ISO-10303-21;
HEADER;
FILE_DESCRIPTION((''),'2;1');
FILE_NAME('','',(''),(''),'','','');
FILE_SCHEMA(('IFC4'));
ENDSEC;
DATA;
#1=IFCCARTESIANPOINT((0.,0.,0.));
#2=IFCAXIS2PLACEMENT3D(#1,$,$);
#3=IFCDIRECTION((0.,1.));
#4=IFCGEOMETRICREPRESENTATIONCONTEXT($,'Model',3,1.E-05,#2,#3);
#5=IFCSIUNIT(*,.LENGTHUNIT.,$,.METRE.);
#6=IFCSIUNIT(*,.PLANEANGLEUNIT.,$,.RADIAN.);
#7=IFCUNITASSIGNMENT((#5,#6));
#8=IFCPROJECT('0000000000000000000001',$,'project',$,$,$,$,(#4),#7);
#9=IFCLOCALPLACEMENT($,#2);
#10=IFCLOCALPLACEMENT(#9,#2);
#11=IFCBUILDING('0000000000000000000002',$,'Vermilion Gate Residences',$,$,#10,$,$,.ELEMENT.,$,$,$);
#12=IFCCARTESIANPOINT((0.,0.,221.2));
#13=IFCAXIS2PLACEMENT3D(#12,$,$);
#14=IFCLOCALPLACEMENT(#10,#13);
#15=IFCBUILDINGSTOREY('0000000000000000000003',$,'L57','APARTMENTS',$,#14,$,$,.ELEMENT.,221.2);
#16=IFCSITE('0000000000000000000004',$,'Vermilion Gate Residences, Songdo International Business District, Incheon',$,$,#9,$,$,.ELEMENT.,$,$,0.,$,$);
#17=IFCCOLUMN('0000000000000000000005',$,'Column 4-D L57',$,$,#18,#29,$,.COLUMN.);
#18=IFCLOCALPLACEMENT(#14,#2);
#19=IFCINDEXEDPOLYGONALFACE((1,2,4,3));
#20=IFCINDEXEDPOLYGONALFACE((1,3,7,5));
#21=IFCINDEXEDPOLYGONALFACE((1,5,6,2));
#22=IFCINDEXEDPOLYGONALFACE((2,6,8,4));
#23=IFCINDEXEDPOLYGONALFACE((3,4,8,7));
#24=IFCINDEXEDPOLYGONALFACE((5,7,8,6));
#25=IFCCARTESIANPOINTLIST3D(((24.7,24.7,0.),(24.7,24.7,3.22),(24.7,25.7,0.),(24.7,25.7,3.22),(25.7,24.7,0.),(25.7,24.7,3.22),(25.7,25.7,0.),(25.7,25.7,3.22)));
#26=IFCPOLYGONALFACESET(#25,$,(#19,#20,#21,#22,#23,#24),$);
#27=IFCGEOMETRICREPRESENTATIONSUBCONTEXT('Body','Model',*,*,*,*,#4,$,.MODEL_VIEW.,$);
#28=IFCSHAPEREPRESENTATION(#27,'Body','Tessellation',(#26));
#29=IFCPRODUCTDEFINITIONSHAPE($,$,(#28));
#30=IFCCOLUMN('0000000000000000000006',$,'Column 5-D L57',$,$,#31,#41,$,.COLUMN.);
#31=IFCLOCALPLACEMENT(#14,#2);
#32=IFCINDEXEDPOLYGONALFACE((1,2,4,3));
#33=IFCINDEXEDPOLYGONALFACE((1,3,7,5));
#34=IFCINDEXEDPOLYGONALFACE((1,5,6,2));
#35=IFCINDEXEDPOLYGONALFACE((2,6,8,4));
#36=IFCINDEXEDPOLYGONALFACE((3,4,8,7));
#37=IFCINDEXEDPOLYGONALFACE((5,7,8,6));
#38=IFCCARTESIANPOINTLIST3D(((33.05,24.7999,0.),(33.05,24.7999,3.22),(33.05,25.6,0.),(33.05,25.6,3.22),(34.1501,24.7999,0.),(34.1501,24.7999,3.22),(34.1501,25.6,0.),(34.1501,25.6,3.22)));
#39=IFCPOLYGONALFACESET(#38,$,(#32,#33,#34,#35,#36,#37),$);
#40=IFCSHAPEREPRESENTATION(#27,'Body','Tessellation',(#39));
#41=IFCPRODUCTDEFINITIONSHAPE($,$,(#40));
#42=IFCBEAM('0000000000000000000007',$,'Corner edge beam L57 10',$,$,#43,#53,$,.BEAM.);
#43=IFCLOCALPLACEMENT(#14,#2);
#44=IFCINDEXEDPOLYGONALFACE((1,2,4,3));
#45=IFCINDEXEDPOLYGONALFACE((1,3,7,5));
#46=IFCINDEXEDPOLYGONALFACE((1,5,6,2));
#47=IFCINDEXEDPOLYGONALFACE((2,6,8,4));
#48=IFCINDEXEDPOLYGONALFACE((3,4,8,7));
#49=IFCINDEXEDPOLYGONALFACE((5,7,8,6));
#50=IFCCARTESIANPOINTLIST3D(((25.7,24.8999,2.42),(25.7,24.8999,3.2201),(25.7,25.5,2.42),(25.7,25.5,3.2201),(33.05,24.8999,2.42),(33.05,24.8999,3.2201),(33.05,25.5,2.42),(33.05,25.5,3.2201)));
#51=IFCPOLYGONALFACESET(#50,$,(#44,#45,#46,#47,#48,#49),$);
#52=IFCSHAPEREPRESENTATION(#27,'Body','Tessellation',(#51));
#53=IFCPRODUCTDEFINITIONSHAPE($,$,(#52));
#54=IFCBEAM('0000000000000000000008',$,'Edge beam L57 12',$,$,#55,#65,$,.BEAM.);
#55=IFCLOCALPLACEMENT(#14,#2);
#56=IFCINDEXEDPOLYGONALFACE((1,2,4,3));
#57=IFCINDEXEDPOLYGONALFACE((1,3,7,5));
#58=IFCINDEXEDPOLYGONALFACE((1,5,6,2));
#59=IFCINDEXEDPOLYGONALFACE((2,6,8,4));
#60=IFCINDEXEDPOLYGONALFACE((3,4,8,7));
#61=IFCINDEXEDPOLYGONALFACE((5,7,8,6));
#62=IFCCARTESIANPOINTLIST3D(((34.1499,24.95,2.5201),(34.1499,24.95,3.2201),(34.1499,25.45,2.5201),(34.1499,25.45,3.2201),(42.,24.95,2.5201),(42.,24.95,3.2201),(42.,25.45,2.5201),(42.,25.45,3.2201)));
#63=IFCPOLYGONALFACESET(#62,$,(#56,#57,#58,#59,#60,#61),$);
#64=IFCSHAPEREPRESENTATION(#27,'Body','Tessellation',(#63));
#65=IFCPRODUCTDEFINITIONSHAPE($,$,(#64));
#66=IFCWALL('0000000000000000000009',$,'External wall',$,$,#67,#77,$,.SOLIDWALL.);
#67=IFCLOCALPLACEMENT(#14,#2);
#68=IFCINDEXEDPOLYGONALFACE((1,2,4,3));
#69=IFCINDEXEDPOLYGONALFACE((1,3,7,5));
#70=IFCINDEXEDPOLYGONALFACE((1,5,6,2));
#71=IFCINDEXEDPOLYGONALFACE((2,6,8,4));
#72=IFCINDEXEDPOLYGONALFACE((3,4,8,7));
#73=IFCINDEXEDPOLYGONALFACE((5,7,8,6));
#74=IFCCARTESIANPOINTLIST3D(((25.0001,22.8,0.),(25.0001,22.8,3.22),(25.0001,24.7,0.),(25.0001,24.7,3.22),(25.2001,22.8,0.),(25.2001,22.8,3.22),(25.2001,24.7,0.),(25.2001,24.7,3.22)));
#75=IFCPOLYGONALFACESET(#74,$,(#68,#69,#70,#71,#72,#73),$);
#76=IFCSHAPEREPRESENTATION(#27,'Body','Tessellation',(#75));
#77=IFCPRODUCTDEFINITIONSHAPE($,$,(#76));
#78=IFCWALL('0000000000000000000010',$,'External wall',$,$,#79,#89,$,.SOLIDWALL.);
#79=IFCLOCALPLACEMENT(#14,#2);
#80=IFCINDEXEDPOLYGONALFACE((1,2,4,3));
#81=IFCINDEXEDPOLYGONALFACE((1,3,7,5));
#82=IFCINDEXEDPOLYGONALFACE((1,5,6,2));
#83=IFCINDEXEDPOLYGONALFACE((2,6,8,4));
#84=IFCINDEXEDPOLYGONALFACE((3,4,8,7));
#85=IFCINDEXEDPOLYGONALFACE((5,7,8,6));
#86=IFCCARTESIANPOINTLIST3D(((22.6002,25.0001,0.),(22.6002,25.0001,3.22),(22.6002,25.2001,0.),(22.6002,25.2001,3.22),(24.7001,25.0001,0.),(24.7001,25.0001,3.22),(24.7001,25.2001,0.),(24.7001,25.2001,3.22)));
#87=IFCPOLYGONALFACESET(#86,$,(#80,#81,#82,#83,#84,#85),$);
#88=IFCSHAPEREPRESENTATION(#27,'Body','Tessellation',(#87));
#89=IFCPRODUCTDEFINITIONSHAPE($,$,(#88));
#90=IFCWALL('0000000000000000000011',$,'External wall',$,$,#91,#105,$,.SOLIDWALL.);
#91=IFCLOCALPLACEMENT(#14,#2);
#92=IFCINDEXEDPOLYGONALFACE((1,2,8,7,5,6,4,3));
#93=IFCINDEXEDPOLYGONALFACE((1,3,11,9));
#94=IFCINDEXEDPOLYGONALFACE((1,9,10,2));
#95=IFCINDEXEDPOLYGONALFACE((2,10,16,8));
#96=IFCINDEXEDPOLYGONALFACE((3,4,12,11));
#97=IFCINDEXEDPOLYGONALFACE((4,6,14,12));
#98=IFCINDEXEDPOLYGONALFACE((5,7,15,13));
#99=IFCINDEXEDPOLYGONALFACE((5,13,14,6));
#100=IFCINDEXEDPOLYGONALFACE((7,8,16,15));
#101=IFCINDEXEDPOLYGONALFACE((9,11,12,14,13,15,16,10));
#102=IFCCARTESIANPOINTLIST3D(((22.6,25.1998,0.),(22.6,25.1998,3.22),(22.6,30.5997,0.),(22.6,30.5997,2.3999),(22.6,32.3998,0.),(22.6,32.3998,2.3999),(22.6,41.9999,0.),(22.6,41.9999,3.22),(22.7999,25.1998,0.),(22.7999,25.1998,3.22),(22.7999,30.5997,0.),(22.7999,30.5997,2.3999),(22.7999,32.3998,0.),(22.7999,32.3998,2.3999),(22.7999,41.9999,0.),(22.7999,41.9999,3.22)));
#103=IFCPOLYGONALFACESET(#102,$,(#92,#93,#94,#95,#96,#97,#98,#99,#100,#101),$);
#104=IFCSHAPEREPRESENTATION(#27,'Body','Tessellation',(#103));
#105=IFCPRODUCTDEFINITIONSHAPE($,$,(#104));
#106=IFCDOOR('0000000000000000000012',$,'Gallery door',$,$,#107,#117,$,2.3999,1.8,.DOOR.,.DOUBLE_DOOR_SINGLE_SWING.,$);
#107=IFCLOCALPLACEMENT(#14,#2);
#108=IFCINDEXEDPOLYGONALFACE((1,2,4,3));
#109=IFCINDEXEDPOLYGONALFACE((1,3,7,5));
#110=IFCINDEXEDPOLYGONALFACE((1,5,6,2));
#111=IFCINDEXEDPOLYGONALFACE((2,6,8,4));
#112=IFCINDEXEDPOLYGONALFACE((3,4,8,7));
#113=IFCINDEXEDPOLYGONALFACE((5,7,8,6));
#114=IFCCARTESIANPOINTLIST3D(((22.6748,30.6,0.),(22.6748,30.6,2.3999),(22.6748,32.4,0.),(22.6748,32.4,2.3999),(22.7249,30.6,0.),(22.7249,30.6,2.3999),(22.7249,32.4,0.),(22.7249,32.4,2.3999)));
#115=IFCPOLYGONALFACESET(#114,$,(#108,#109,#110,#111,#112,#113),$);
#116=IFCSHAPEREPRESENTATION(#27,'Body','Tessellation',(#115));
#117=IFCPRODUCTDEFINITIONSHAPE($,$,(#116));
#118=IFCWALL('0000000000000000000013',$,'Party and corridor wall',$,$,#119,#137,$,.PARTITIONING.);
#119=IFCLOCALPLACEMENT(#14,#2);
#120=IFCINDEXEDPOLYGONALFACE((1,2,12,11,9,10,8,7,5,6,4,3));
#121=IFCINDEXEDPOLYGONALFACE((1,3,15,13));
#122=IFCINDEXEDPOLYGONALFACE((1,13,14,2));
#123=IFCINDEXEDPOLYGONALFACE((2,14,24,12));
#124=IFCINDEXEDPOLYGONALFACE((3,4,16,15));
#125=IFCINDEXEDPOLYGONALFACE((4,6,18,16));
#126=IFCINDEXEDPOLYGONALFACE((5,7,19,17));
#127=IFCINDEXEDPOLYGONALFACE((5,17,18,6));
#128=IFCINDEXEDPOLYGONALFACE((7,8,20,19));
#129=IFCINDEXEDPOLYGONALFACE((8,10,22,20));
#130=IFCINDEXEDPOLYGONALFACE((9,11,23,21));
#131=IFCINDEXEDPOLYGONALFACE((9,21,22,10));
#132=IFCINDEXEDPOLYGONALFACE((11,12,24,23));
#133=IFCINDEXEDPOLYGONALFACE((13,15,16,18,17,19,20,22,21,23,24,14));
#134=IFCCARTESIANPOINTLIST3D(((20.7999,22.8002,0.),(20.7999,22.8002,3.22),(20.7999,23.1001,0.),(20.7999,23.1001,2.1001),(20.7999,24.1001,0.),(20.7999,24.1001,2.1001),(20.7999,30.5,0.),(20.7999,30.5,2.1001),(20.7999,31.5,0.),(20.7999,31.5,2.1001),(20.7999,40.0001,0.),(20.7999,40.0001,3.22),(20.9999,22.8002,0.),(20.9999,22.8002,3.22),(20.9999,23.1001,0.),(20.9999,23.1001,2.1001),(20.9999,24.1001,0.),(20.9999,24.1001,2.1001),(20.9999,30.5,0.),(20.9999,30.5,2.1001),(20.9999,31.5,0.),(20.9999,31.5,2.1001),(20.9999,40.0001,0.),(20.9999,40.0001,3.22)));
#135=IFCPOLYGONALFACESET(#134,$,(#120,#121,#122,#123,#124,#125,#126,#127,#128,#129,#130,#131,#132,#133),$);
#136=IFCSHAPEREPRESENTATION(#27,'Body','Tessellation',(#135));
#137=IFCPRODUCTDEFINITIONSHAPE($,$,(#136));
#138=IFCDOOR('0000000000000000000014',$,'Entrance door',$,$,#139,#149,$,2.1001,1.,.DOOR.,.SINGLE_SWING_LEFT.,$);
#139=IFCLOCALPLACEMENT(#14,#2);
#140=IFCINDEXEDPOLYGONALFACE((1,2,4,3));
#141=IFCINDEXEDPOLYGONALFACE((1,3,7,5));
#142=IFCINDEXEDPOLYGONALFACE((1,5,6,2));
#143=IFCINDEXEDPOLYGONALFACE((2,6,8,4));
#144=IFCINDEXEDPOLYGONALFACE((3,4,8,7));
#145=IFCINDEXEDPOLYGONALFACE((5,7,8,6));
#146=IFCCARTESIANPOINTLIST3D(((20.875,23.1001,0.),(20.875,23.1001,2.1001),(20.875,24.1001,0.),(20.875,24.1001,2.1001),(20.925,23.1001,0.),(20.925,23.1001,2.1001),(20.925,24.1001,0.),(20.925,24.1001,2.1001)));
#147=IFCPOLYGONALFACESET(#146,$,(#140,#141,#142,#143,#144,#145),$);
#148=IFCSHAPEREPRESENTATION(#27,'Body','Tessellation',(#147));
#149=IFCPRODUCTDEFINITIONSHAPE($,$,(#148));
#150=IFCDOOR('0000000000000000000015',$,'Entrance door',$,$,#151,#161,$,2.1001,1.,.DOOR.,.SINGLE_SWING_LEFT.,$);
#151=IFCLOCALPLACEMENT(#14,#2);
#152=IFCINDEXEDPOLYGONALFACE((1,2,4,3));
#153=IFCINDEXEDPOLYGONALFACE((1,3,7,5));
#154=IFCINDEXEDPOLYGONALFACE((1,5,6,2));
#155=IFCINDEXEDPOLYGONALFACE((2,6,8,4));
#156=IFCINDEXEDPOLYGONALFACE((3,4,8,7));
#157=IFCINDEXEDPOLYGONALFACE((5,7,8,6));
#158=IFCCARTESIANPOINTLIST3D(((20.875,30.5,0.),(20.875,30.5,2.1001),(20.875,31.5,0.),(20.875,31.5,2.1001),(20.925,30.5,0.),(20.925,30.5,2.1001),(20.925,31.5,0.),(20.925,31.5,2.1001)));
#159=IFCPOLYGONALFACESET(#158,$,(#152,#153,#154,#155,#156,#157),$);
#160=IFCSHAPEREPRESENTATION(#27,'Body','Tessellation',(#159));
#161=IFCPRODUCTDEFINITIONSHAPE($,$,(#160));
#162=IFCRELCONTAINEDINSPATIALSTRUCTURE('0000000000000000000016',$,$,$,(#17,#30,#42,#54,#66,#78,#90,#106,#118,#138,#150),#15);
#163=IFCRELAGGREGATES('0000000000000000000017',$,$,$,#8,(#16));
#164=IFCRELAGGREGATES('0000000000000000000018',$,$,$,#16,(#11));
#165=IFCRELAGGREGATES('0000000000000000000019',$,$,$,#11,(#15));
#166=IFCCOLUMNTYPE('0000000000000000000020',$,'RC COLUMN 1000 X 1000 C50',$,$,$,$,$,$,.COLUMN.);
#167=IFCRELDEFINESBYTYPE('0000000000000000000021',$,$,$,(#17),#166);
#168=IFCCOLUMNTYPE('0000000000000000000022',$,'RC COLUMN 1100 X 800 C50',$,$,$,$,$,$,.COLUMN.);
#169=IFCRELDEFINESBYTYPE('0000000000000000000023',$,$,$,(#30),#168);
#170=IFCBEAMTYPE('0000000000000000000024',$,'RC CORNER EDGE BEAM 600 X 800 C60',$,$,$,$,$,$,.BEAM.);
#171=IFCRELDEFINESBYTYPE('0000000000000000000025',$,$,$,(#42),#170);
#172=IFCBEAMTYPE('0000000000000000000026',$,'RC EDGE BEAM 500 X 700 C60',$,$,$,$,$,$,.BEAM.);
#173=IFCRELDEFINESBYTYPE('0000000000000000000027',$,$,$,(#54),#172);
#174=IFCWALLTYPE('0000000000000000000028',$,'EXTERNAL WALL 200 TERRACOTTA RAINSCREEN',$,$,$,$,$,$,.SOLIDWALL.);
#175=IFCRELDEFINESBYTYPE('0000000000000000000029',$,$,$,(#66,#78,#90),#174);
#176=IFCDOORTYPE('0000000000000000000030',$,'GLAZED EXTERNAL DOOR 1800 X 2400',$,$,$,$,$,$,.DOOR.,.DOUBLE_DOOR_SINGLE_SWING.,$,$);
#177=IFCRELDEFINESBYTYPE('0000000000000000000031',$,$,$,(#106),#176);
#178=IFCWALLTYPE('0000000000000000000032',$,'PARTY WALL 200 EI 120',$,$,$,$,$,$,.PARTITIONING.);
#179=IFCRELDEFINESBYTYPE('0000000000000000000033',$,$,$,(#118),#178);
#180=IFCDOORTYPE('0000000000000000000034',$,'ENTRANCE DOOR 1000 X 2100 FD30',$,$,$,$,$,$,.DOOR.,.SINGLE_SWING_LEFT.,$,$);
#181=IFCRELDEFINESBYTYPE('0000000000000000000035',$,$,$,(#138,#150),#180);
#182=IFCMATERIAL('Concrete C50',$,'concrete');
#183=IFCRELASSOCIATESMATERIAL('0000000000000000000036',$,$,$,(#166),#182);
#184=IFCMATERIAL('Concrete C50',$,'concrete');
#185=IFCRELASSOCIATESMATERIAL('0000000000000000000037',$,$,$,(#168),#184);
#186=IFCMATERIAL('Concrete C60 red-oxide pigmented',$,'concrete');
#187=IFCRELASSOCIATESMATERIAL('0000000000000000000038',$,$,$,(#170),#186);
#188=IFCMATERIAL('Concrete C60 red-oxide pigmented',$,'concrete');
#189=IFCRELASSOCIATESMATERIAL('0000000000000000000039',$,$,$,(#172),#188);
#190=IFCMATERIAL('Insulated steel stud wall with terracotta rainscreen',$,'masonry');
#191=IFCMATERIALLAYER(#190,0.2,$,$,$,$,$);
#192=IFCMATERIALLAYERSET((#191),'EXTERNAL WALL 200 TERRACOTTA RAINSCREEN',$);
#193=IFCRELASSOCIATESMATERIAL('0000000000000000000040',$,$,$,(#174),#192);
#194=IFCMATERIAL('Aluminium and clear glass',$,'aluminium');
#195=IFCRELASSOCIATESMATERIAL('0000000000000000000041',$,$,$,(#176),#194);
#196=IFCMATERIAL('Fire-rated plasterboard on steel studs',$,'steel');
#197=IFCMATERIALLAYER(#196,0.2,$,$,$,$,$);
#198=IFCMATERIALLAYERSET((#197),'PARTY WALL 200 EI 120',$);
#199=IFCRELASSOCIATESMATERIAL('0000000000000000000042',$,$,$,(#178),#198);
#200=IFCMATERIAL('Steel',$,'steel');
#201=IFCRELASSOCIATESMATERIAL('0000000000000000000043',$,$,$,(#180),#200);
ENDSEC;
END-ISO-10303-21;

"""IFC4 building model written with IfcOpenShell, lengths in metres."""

from ifc_helpers import new_model, si_unit, direction, frame, frame_2d, origin, origin_2d, place, context, subcontext, project, spatial, rectangle, extrude, material, layer, layer_set, material_profile, profile_set, type_object, element, fill, save


model = new_model("IFC4")

# Units and contexts
model_context = context("Model", 3, precision=1e-05, world=origin(), true_north=direction((0.0, 1.0)))
body_context = subcontext(model_context, "Body", "Model", "MODEL_VIEW")
ifc_project = project(units=[si_unit("LENGTHUNIT", "METRE"), si_unit("PLANEANGLEUNIT", "RADIAN")], contexts=[model_context])

# Site, building, storey
site_placement = place(None, origin())
site = spatial("IfcSite", under=ifc_project, at=site_placement, Name="Vermilion Gate Residences, Songdo International Business District, Incheon", CompositionType="ELEMENT", RefElevation=0.0)
building_placement = place(site_placement, origin())
building = spatial("IfcBuilding", under=site, at=building_placement, Name="Vermilion Gate Residences", CompositionType="ELEMENT")
storey_placement = place(building_placement, frame((0.0, 0.0, 221.2)))
storey = spatial("IfcBuildingStorey", under=building, at=storey_placement, Name="L57", Description="APARTMENTS", CompositionType="ELEMENT", Elevation=221.2)

# Columns
ifc_material_1 = material(Name="Concrete C50", Category="concrete")
ifc_material_profile_1 = material_profile(ifc_material_1, rectangle(XDim=1.0, YDim=1.0, at=origin_2d()), Name="RC-1000x1000")
ifc_profile_set_1 = profile_set([ifc_material_profile_1], Name="Concrete C50")
column_type_1 = type_object("IfcColumnType", Name="RC COLUMN 1000 X 1000 C50", PredefinedType="COLUMN", material=ifc_profile_set_1)
column_1_placement = place(storey_placement, frame((25.2, 25.2, 0.0), z_axis=(0.0, 0.0, 1.0), x_axis=(1.0, 0.0, 0.0)))
element("IfcColumn", 1, at=column_1_placement, inside=storey, type_object=column_type_1, Name="Column 4-D L57", PredefinedType="COLUMN", context=body_context, shape_type="SweptSolid", body=[
    extrude(rectangle(XDim=1.0, YDim=1.0, at=origin_2d()), origin(), (0.0, 0.0, 1.0), 3.22),
])
ifc_material_2 = material(Name="Concrete C50", Category="concrete")
ifc_material_profile_2 = material_profile(ifc_material_2, rectangle(XDim=1.1001, YDim=0.8, at=origin_2d()), Name="RC-1100x800")
ifc_profile_set_2 = profile_set([ifc_material_profile_2], Name="Concrete C50")
column_type_2 = type_object("IfcColumnType", Name="RC COLUMN 1100 X 800 C50", PredefinedType="COLUMN", material=ifc_profile_set_2)
column_2_placement = place(storey_placement, frame((33.6001, 25.2, 0.0), z_axis=(0.0, 0.0, 1.0), x_axis=(1.0, 0.0, 0.0)))
element("IfcColumn", 2, at=column_2_placement, inside=storey, type_object=column_type_2, Name="Column 5-D L57", PredefinedType="COLUMN", context=body_context, shape_type="SweptSolid", body=[
    extrude(rectangle(XDim=1.1001, YDim=0.8, at=origin_2d()), origin(), (0.0, 0.0, 1.0), 3.22),
])

# Beams
ifc_material_3 = material(Name="Concrete C60 red-oxide pigmented", Category="concrete")
ifc_material_profile_3 = material_profile(ifc_material_3, rectangle(XDim=0.6001, YDim=0.8, at=origin_2d()), Name="RC-600x800")
ifc_profile_set_3 = profile_set([ifc_material_profile_3], Name="Concrete C60 red-oxide pigmented")
beam_type_1 = type_object("IfcBeamType", Name="RC CORNER EDGE BEAM 600 X 800 C60", PredefinedType="BEAM", material=ifc_profile_set_3)
beam_1_placement = place(storey_placement, frame((25.7, 25.2, 2.8201), z_axis=(1.0, 0.0, 0.0), x_axis=(0.0, 1.0, 0.0)))
element("IfcBeam", 3, at=beam_1_placement, inside=storey, type_object=beam_type_1, Name="Corner edge beam L57 10", PredefinedType="BEAM", context=body_context, shape_type="SweptSolid", body=[
    extrude(rectangle(XDim=0.6001, YDim=0.8, at=origin_2d()), origin(), (0.0, 0.0, 1.0), 7.3501),
])
ifc_material_4 = material(Name="Concrete C60 red-oxide pigmented", Category="concrete")
ifc_material_profile_4 = material_profile(ifc_material_4, rectangle(XDim=0.5, YDim=0.7, at=origin_2d()), Name="RC-500x700")
ifc_profile_set_4 = profile_set([ifc_material_profile_4], Name="Concrete C60 red-oxide pigmented")
beam_type_2 = type_object("IfcBeamType", Name="RC EDGE BEAM 500 X 700 C60", PredefinedType="BEAM", material=ifc_profile_set_4)
beam_2_placement = place(storey_placement, frame((34.1499, 25.2, 2.8701), z_axis=(1.0, 0.0, 0.0), x_axis=(0.0, 1.0, 0.0)))
element("IfcBeam", 4, at=beam_2_placement, inside=storey, type_object=beam_type_2, Name="Edge beam L57 12", PredefinedType="BEAM", context=body_context, shape_type="SweptSolid", body=[
    extrude(rectangle(XDim=0.5, YDim=0.7, at=origin_2d()), origin(), (0.0, 0.0, 1.0), 7.8501),
])

# Walls
ifc_material_5 = material(Name="Insulated steel stud wall with terracotta rainscreen", Category="masonry")
ifc_layer_1 = layer(ifc_material_5, 0.2)
ifc_layer_set_1 = layer_set([ifc_layer_1], Name="EXTERNAL WALL 200 TERRACOTTA RAINSCREEN")
wall_type_1 = type_object("IfcWallType", Name="EXTERNAL WALL 200 TERRACOTTA RAINSCREEN", PredefinedType="SOLIDWALL", material=ifc_layer_set_1)
wall_1_placement = place(storey_placement, frame((25.1001, 22.8, 0.0), z_axis=(0.0, 0.0, 1.0), x_axis=(0.0, 1.0, 0.0)))
element("IfcWall", 5, at=wall_1_placement, inside=storey, type_object=wall_type_1, Name="External wall", PredefinedType="SOLIDWALL", context=body_context, shape_type="SweptSolid", body=[
    extrude(rectangle(XDim=1.8999, YDim=0.2, at=frame_2d((0.95, 0.0))), origin(), (0.0, 0.0, 1.0), 3.22),
])
wall_2_placement = place(storey_placement, frame((24.7, 25.1001, 0.0), z_axis=(0.0, 0.0, 1.0), x_axis=(-1.0, 0.0, 0.0)))
element("IfcWall", 6, at=wall_2_placement, inside=storey, type_object=wall_type_1, Name="External wall", PredefinedType="SOLIDWALL", context=body_context, shape_type="SweptSolid", body=[
    extrude(rectangle(XDim=2.0999, YDim=0.2, at=frame_2d((1.0498, 0.0))), origin(), (0.0, 0.0, 1.0), 3.22),
])

# Wall, opening, door
wall_3_placement = place(storey_placement, frame((22.7, 25.2, 0.0), z_axis=(0.0, 0.0, 1.0), x_axis=(0.0, 1.0, 0.0)))
wall_3 = element("IfcWall", 7, at=wall_3_placement, inside=storey, type_object=wall_type_1, Name="External wall", PredefinedType="SOLIDWALL", context=body_context, shape_type="SweptSolid", body=[
    extrude(rectangle(XDim=16.8, YDim=0.2, at=frame_2d((8.3999, 0.0))), origin(), (0.0, 0.0, 1.0), 3.22),
])
opening_1_placement = place(wall_3_placement, frame((5.3999, 0.0, 0.0)))
opening_1 = element("IfcOpeningElement", 8, at=opening_1_placement, cuts=wall_3, PredefinedType="OPENING", context=body_context, shape_type="SweptSolid", body=[
    extrude(rectangle(XDim=1.8, YDim=2.3999, at=frame_2d((0.8999, 1.2))), frame((0.0, 0.1099, 0.0), z_axis=(0.0, -1.0, 0.0), x_axis=(1.0, 0.0, 0.0)), (0.0, 0.0, 1.0), 0.22),
])
ifc_material_6 = material(Name="Aluminium and clear glass", Category="aluminium")
door_type_1 = type_object("IfcDoorType", Name="GLAZED EXTERNAL DOOR 1800 X 2400", OperationType="DOUBLE_DOOR_SINGLE_SWING", PredefinedType="DOOR", material=ifc_material_6)
door_1_placement = place(opening_1_placement, frame((1.8, 0.0, 0.0), z_axis=(0.0, 0.0, 1.0), x_axis=(-1.0, 0.0, 0.0)))
door_1 = element("IfcDoor", 9, at=door_1_placement, inside=storey, type_object=door_type_1, Name="Gallery door", OperationType="DOUBLE_DOOR_SINGLE_SWING", OverallHeight=2.3999, OverallWidth=1.8, PredefinedType="DOOR", context=body_context, shape_type="SweptSolid", body=[
    extrude(rectangle(XDim=1.8, YDim=2.3999, at=frame_2d((0.8999, 1.2))), frame((0.0, 0.0249, 0.0), z_axis=(0.0, -1.0, 0.0), x_axis=(1.0, 0.0, 0.0)), (0.0, 0.0, 1.0), 0.05),
])
fill(opening_1, door_1)

# Wall, openings, doors
ifc_material_7 = material(Name="Fire-rated plasterboard on steel studs", Category="steel")
ifc_layer_2 = layer(ifc_material_7, 0.2)
ifc_layer_set_2 = layer_set([ifc_layer_2], Name="PARTY WALL 200 EI 120")
wall_type_2 = type_object("IfcWallType", Name="PARTY WALL 200 EI 120", PredefinedType="PARTITIONING", material=ifc_layer_set_2)
wall_4_placement = place(storey_placement, frame((20.8999, 22.8, 0.0), z_axis=(0.0, 0.0, 1.0), x_axis=(0.0, 1.0, 0.0)))
wall_4 = element("IfcWall", 10, at=wall_4_placement, inside=storey, type_object=wall_type_2, Name="Party and corridor wall", PredefinedType="PARTITIONING", context=body_context, shape_type="SweptSolid", body=[
    extrude(rectangle(XDim=17.2, YDim=0.2, at=frame_2d((8.6001, 0.0))), origin(), (0.0, 0.0, 1.0), 3.22),
])
opening_2_placement = place(wall_4_placement, frame((0.3, 0.0, 0.0)))
opening_2 = element("IfcOpeningElement", 11, at=opening_2_placement, cuts=wall_4, PredefinedType="OPENING", context=body_context, shape_type="SweptSolid", body=[
    extrude(rectangle(XDim=1.0, YDim=2.1001, at=frame_2d((0.5, 1.05))), frame((0.0, 0.1099, 0.0), z_axis=(0.0, -1.0, 0.0), x_axis=(1.0, 0.0, 0.0)), (0.0, 0.0, 1.0), 0.22),
])
opening_3_placement = place(wall_4_placement, frame((7.7, 0.0, 0.0)))
opening_3 = element("IfcOpeningElement", 12, at=opening_3_placement, cuts=wall_4, PredefinedType="OPENING", context=body_context, shape_type="SweptSolid", body=[
    extrude(rectangle(XDim=1.0, YDim=2.1001, at=frame_2d((0.5, 1.05))), frame((0.0, 0.1099, 0.0), z_axis=(0.0, -1.0, 0.0), x_axis=(1.0, 0.0, 0.0)), (0.0, 0.0, 1.0), 0.22),
])
ifc_material_8 = material(Name="Steel", Category="steel")
door_type_2 = type_object("IfcDoorType", Name="ENTRANCE DOOR 1000 X 2100 FD30", OperationType="SINGLE_SWING_LEFT", PredefinedType="DOOR", material=ifc_material_8)
door_2_placement = place(opening_2_placement, origin())
door_2 = element("IfcDoor", 13, at=door_2_placement, inside=storey, type_object=door_type_2, Name="Entrance door", OperationType="SINGLE_SWING_LEFT", OverallHeight=2.1001, OverallWidth=1.0, PredefinedType="DOOR", context=body_context, shape_type="SweptSolid", body=[
    extrude(rectangle(XDim=1.0, YDim=2.1001, at=frame_2d((0.5, 1.05))), frame((0.0, 0.0249, 0.0), z_axis=(0.0, -1.0, 0.0), x_axis=(1.0, 0.0, 0.0)), (0.0, 0.0, 1.0), 0.05),
])
fill(opening_2, door_2)
door_3_placement = place(opening_3_placement, origin())
door_3 = element("IfcDoor", 14, at=door_3_placement, inside=storey, type_object=door_type_2, Name="Entrance door", OperationType="SINGLE_SWING_LEFT", OverallHeight=2.1001, OverallWidth=1.0, PredefinedType="DOOR", context=body_context, shape_type="SweptSolid", body=[
    extrude(rectangle(XDim=1.0, YDim=2.1001, at=frame_2d((0.5, 1.05))), frame((0.0, 0.0249, 0.0), z_axis=(0.0, -1.0, 0.0), x_axis=(1.0, 0.0, 0.0)), (0.0, 0.0, 1.0), 0.05),
])
fill(opening_3, door_3)

save(model, "model.ifc")
